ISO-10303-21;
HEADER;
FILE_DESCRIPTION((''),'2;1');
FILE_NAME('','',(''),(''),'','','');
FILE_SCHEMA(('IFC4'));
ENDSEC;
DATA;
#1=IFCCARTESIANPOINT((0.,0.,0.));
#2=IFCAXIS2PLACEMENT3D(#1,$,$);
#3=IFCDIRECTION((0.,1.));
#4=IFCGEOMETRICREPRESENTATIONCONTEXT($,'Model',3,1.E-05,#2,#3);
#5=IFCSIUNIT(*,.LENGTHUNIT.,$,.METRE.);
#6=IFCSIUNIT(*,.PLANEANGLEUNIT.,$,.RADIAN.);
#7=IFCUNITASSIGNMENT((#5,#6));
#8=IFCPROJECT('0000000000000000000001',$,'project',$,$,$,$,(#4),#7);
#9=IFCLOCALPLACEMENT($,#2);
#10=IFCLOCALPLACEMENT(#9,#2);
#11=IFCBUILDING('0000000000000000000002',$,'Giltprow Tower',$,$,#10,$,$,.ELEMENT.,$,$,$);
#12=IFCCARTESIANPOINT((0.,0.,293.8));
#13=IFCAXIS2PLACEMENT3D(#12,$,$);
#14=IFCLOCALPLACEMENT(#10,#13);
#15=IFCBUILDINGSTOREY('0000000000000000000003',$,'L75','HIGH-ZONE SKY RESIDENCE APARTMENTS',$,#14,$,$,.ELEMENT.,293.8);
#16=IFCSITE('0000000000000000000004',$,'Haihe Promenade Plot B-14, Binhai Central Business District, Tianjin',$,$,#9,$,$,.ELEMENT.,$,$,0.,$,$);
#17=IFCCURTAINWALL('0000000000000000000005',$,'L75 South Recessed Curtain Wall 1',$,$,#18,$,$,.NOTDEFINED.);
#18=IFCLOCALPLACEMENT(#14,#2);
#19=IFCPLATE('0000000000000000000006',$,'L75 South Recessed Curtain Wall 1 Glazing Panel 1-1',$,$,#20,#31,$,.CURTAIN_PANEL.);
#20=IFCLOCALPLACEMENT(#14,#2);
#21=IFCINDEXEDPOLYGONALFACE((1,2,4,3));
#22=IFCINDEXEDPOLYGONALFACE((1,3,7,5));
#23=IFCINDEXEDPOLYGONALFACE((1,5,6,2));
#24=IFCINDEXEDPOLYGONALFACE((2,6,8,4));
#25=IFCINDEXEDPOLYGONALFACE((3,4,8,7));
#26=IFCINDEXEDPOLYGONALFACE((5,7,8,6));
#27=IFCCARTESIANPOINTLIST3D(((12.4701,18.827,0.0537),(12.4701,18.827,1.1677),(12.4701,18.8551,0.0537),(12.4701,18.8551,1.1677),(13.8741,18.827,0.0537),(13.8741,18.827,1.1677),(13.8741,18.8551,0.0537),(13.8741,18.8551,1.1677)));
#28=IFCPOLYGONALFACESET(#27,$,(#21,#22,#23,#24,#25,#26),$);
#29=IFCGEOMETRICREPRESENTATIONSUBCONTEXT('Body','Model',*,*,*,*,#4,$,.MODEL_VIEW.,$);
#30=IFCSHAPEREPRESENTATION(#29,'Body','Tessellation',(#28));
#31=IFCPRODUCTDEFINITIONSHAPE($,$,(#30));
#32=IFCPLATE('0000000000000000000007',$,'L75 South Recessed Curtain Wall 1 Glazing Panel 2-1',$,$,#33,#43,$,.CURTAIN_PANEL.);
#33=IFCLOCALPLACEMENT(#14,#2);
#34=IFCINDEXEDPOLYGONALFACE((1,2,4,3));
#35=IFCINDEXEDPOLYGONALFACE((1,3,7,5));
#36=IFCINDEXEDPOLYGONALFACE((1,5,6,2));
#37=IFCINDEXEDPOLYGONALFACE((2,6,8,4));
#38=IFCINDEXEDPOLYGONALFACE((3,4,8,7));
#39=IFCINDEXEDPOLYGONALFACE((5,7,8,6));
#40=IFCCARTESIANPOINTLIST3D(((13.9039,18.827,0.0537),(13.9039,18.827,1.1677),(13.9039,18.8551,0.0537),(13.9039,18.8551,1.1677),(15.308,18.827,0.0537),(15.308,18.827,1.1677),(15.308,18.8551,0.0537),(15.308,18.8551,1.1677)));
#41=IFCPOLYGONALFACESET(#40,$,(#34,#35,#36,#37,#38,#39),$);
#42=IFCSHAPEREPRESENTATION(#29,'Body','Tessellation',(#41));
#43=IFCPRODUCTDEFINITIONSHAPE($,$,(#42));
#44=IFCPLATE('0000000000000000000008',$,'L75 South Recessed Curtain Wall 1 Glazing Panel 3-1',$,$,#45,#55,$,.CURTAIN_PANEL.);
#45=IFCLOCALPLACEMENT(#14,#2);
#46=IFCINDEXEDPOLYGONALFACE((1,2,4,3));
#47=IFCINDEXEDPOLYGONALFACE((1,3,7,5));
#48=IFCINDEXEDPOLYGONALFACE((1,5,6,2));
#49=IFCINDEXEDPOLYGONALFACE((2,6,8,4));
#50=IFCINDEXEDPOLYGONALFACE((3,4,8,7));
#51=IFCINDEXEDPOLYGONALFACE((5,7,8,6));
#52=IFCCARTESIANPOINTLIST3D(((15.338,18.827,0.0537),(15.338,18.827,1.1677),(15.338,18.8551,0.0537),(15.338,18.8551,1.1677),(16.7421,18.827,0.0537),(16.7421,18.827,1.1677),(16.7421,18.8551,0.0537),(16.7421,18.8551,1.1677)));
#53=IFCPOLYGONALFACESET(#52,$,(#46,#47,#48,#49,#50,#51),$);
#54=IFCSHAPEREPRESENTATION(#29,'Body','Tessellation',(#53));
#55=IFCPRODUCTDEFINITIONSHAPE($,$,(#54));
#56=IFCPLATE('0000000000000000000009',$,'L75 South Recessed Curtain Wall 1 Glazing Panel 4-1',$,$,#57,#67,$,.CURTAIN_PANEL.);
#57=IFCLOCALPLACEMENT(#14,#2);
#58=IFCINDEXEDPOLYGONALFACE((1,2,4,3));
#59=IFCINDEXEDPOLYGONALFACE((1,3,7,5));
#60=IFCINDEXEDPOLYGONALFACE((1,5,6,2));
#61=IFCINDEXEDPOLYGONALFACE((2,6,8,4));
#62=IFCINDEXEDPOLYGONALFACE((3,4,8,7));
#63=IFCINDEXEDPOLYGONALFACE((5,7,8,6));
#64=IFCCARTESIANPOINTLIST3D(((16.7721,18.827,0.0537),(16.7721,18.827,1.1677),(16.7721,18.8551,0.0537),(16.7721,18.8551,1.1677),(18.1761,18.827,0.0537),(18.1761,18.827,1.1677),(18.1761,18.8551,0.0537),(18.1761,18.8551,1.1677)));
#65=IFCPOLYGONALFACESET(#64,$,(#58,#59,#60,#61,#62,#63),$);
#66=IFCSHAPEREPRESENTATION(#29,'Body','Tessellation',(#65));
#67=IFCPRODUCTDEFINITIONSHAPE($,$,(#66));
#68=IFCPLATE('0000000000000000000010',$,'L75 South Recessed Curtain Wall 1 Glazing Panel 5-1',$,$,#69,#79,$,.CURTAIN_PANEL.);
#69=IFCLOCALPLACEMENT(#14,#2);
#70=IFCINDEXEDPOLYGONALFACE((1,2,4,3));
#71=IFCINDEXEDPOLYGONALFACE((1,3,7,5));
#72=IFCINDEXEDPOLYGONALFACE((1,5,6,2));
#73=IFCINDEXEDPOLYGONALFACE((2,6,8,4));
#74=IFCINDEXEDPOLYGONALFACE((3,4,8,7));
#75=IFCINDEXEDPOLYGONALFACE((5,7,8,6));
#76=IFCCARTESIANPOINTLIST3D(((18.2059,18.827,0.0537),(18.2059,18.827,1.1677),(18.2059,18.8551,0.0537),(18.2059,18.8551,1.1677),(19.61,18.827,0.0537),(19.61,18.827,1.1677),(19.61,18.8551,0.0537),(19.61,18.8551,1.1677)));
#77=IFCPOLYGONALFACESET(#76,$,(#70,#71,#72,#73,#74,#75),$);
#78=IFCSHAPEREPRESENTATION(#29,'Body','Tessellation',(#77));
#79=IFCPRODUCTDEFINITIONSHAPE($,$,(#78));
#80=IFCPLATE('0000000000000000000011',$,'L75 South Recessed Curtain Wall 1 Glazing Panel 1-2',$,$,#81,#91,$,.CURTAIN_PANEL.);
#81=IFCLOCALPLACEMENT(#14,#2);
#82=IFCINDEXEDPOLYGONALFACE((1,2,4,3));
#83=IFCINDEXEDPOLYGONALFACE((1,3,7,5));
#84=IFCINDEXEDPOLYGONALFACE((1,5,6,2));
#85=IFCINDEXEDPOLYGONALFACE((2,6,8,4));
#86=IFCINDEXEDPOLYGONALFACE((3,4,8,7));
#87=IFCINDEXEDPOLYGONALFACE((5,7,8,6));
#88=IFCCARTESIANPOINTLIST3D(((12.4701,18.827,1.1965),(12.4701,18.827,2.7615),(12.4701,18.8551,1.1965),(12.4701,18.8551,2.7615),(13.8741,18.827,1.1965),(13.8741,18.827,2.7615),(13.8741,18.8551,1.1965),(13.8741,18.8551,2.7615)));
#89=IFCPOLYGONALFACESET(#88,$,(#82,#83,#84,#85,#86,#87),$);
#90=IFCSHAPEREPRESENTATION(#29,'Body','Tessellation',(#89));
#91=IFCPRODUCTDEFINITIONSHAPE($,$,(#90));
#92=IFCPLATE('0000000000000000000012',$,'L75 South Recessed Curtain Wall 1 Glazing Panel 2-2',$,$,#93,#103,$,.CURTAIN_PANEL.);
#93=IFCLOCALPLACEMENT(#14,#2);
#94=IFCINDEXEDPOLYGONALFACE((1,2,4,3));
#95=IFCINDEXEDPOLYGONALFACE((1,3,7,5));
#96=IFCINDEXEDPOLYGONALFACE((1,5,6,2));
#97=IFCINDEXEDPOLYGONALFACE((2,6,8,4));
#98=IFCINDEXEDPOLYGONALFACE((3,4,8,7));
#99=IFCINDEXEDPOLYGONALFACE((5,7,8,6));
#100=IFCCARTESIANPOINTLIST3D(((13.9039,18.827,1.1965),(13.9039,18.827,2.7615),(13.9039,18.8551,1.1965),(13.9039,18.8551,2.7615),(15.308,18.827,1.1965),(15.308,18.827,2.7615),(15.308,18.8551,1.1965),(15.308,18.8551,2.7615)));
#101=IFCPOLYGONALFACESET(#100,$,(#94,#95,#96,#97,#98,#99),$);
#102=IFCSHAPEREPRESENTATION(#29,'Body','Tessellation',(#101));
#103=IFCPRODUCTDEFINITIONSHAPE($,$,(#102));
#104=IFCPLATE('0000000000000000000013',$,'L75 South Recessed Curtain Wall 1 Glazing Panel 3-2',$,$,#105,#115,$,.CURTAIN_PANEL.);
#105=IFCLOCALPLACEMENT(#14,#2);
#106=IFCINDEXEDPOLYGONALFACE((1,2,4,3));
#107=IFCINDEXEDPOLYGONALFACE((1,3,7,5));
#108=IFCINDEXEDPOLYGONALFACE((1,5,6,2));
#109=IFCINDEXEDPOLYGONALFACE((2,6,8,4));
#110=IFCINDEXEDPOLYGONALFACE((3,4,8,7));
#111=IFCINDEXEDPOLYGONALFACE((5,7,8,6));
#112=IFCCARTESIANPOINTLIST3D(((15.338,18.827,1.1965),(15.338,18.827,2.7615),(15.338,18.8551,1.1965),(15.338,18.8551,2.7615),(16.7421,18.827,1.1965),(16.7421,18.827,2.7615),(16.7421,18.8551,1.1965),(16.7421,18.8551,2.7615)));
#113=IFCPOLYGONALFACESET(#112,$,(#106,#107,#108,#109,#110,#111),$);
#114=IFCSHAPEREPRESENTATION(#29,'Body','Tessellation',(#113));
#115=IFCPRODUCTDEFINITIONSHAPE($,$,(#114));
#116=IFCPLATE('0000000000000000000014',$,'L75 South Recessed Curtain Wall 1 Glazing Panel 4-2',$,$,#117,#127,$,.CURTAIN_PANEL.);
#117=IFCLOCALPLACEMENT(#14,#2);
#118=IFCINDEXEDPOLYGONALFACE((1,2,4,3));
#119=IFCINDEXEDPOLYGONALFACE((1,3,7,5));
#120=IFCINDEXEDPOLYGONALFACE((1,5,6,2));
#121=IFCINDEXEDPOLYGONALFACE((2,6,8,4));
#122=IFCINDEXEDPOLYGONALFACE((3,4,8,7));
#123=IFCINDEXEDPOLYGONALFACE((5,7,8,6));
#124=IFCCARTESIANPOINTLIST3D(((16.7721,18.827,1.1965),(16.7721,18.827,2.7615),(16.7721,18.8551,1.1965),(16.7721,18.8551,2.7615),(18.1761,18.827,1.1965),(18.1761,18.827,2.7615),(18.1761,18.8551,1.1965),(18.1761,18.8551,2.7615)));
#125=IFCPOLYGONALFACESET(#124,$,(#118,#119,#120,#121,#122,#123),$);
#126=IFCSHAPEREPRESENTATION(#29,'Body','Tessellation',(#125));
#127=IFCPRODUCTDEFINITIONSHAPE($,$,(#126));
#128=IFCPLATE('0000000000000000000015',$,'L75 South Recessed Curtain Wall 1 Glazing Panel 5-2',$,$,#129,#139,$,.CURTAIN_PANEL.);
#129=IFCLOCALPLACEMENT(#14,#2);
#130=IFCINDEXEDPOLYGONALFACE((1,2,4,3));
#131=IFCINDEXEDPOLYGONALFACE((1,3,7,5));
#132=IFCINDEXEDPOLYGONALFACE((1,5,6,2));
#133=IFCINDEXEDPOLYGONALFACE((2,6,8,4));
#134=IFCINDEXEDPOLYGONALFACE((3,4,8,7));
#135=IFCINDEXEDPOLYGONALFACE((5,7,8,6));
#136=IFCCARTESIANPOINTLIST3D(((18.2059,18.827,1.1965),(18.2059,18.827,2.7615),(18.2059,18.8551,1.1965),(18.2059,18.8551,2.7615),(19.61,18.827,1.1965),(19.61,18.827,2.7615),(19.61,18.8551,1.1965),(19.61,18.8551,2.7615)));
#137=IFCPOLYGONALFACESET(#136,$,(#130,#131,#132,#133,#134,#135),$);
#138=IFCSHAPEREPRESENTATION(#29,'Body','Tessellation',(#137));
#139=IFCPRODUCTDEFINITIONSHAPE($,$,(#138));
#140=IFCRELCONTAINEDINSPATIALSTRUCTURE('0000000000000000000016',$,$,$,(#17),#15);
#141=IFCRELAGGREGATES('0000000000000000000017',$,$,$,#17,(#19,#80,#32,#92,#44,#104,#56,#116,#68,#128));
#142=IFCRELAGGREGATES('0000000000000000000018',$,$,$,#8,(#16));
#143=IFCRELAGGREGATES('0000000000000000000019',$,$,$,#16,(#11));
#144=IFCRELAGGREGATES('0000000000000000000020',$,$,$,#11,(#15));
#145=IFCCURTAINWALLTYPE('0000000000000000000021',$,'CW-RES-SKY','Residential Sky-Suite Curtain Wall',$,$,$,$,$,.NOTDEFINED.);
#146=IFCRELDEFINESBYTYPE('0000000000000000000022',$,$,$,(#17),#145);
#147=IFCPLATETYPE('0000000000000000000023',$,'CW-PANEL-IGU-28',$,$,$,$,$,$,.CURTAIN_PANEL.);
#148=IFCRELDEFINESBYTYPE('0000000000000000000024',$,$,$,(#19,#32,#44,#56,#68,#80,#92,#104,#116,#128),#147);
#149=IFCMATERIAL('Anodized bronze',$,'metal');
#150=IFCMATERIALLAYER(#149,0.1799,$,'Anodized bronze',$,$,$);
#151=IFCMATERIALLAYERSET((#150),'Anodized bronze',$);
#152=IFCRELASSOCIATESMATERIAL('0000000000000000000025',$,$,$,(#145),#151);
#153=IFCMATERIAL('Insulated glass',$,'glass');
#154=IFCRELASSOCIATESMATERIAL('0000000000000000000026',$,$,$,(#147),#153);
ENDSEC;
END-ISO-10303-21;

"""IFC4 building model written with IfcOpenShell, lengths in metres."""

from ifc_helpers import new_model, si_unit, direction, frame, origin, origin_2d, place, context, subcontext, project, spatial, rectangle, extrude, source, transform, mapped, material, layer, layer_set, type_object, element, aggregate, save


model = new_model("IFC4")

# Units and contexts
model_context = context("Model", 3, precision=1e-05, world=origin(), true_north=direction((0.0, 1.0)))
body_context = subcontext(model_context, "Body", "Model", "MODEL_VIEW")
ifc_project = project(units=[si_unit("LENGTHUNIT", "METRE"), si_unit("PLANEANGLEUNIT", "RADIAN")], contexts=[model_context])

# Site, building, storey
site_placement = place(None, origin())
site = spatial("IfcSite", under=ifc_project, at=site_placement, Name="Haihe Promenade Plot B-14, Binhai Central Business District, Tianjin", CompositionType="ELEMENT", RefElevation=0.0)
building_placement = place(site_placement, origin())
building = spatial("IfcBuilding", under=site, at=building_placement, Name="Giltprow Tower", CompositionType="ELEMENT")
storey_placement = place(building_placement, frame((0.0, 0.0, 293.8)))
storey = spatial("IfcBuildingStorey", under=building, at=storey_placement, Name="L75", Description="HIGH-ZONE SKY RESIDENCE APARTMENTS", CompositionType="ELEMENT", Elevation=293.8)

# Curtain wall
ifc_material_1 = material(Name="Anodized bronze", Category="metal")
ifc_layer_1 = layer(ifc_material_1, 0.1799, Name="Anodized bronze")
ifc_layer_set_1 = layer_set([ifc_layer_1], Name="Anodized bronze")
curtain_wall_type = type_object("IfcCurtainWallType", Name="CW-RES-SKY", Description="Residential Sky-Suite Curtain Wall", PredefinedType="NOTDEFINED", material=ifc_layer_set_1)
curtain_wall_placement = place(storey_placement, origin())
curtain_wall = element("IfcCurtainWall", 1, at=curtain_wall_placement, inside=storey, type_object=curtain_wall_type, Name="L75 South Recessed Curtain Wall 1", PredefinedType="NOTDEFINED")

# Plates
ifc_material_2 = material(Name="Insulated glass", Category="glass")
plate_type = type_object("IfcPlateType", Name="CW-PANEL-IGU-28", PredefinedType="CURTAIN_PANEL", material=ifc_material_2)
shared_shape_1 = source(origin(), body_context, "Body", "SweptSolid", [
    extrude(rectangle(XDim=1.4041, YDim=0.0281, at=origin_2d()), origin(), (0.0, 0.0, 1.0), 1.114),
])
plate_1_placement = place(storey_placement, frame((13.1721, 18.8411, 0.0537), z_axis=(0.0, 0.0, 1.0), x_axis=(1.0, 0.0, 0.0)))
plate_1 = element("IfcPlate", 2, at=plate_1_placement, type_object=plate_type, Name="L75 South Recessed Curtain Wall 1 Glazing Panel 1-1", PredefinedType="CURTAIN_PANEL", context=body_context, shape_type="MappedRepresentation", body=[
    mapped(shared_shape_1, transform((0.0, 0.0, 0.0), x_axis=(1.0, 0.0, 0.0), y_axis=(0.0, 1.0, 0.0), z_axis=(0.0, 0.0, 1.0), scale=1.0)),
])
plate_2_placement = place(storey_placement, frame((14.606, 18.8411, 0.0537), z_axis=(0.0, 0.0, 1.0), x_axis=(1.0, 0.0, 0.0)))
plate_2 = element("IfcPlate", 3, at=plate_2_placement, type_object=plate_type, Name="L75 South Recessed Curtain Wall 1 Glazing Panel 2-1", PredefinedType="CURTAIN_PANEL", context=body_context, shape_type="MappedRepresentation", body=[
    mapped(shared_shape_1, transform((0.0, 0.0, 0.0), x_axis=(1.0, 0.0, 0.0), y_axis=(0.0, 1.0, 0.0), z_axis=(0.0, 0.0, 1.0), scale=1.0)),
])
plate_3_placement = place(storey_placement, frame((16.04, 18.8411, 0.0537), z_axis=(0.0, 0.0, 1.0), x_axis=(1.0, 0.0, 0.0)))
plate_3 = element("IfcPlate", 4, at=plate_3_placement, type_object=plate_type, Name="L75 South Recessed Curtain Wall 1 Glazing Panel 3-1", PredefinedType="CURTAIN_PANEL", context=body_context, shape_type="MappedRepresentation", body=[
    mapped(shared_shape_1, transform((0.0, 0.0, 0.0), x_axis=(1.0, 0.0, 0.0), y_axis=(0.0, 1.0, 0.0), z_axis=(0.0, 0.0, 1.0), scale=1.0)),
])
plate_4_placement = place(storey_placement, frame((17.4741, 18.8411, 0.0537), z_axis=(0.0, 0.0, 1.0), x_axis=(1.0, 0.0, 0.0)))
plate_4 = element("IfcPlate", 5, at=plate_4_placement, type_object=plate_type, Name="L75 South Recessed Curtain Wall 1 Glazing Panel 4-1", PredefinedType="CURTAIN_PANEL", context=body_context, shape_type="MappedRepresentation", body=[
    mapped(shared_shape_1, transform((0.0, 0.0, 0.0), x_axis=(1.0, 0.0, 0.0), y_axis=(0.0, 1.0, 0.0), z_axis=(0.0, 0.0, 1.0), scale=1.0)),
])
plate_5_placement = place(storey_placement, frame((18.908, 18.8411, 0.0537), z_axis=(0.0, 0.0, 1.0), x_axis=(1.0, 0.0, 0.0)))
plate_5 = element("IfcPlate", 6, at=plate_5_placement, type_object=plate_type, Name="L75 South Recessed Curtain Wall 1 Glazing Panel 5-1", PredefinedType="CURTAIN_PANEL", context=body_context, shape_type="MappedRepresentation", body=[
    mapped(shared_shape_1, transform((0.0, 0.0, 0.0), x_axis=(1.0, 0.0, 0.0), y_axis=(0.0, 1.0, 0.0), z_axis=(0.0, 0.0, 1.0), scale=1.0)),
])
shared_shape_2 = source(origin(), body_context, "Body", "SweptSolid", [
    extrude(rectangle(XDim=1.4041, YDim=0.0281, at=origin_2d()), origin(), (0.0, 0.0, 1.0), 1.5649),
])
plate_6_placement = place(storey_placement, frame((13.1721, 18.8411, 1.1965), z_axis=(0.0, 0.0, 1.0), x_axis=(1.0, 0.0, 0.0)))
plate_6 = element("IfcPlate", 7, at=plate_6_placement, type_object=plate_type, Name="L75 South Recessed Curtain Wall 1 Glazing Panel 1-2", PredefinedType="CURTAIN_PANEL", context=body_context, shape_type="MappedRepresentation", body=[
    mapped(shared_shape_2, transform((0.0, 0.0, 0.0), x_axis=(1.0, 0.0, 0.0), y_axis=(0.0, 1.0, 0.0), z_axis=(0.0, 0.0, 1.0), scale=1.0)),
])
plate_7_placement = place(storey_placement, frame((14.606, 18.8411, 1.1965), z_axis=(0.0, 0.0, 1.0), x_axis=(1.0, 0.0, 0.0)))
plate_7 = element("IfcPlate", 8, at=plate_7_placement, type_object=plate_type, Name="L75 South Recessed Curtain Wall 1 Glazing Panel 2-2", PredefinedType="CURTAIN_PANEL", context=body_context, shape_type="MappedRepresentation", body=[
    mapped(shared_shape_2, transform((0.0, 0.0, 0.0), x_axis=(1.0, 0.0, 0.0), y_axis=(0.0, 1.0, 0.0), z_axis=(0.0, 0.0, 1.0), scale=1.0)),
])
plate_8_placement = place(storey_placement, frame((16.04, 18.8411, 1.1965), z_axis=(0.0, 0.0, 1.0), x_axis=(1.0, 0.0, 0.0)))
plate_8 = element("IfcPlate", 9, at=plate_8_placement, type_object=plate_type, Name="L75 South Recessed Curtain Wall 1 Glazing Panel 3-2", PredefinedType="CURTAIN_PANEL", context=body_context, shape_type="MappedRepresentation", body=[
    mapped(shared_shape_2, transform((0.0, 0.0, 0.0), x_axis=(1.0, 0.0, 0.0), y_axis=(0.0, 1.0, 0.0), z_axis=(0.0, 0.0, 1.0), scale=1.0)),
])
plate_9_placement = place(storey_placement, frame((17.4741, 18.8411, 1.1965), z_axis=(0.0, 0.0, 1.0), x_axis=(1.0, 0.0, 0.0)))
plate_9 = element("IfcPlate", 10, at=plate_9_placement, type_object=plate_type, Name="L75 South Recessed Curtain Wall 1 Glazing Panel 4-2", PredefinedType="CURTAIN_PANEL", context=body_context, shape_type="MappedRepresentation", body=[
    mapped(shared_shape_2, transform((0.0, 0.0, 0.0), x_axis=(1.0, 0.0, 0.0), y_axis=(0.0, 1.0, 0.0), z_axis=(0.0, 0.0, 1.0), scale=1.0)),
])
plate_10_placement = place(storey_placement, frame((18.908, 18.8411, 1.1965), z_axis=(0.0, 0.0, 1.0), x_axis=(1.0, 0.0, 0.0)))
plate_10 = element("IfcPlate", 11, at=plate_10_placement, type_object=plate_type, Name="L75 South Recessed Curtain Wall 1 Glazing Panel 5-2", PredefinedType="CURTAIN_PANEL", context=body_context, shape_type="MappedRepresentation", body=[
    mapped(shared_shape_2, transform((0.0, 0.0, 0.0), x_axis=(1.0, 0.0, 0.0), y_axis=(0.0, 1.0, 0.0), z_axis=(0.0, 0.0, 1.0), scale=1.0)),
])
aggregate(curtain_wall, [plate_1, plate_6, plate_2, plate_7, plate_3, plate_8, plate_4, plate_9, plate_5, plate_10])

save(model, "model.ifc")
